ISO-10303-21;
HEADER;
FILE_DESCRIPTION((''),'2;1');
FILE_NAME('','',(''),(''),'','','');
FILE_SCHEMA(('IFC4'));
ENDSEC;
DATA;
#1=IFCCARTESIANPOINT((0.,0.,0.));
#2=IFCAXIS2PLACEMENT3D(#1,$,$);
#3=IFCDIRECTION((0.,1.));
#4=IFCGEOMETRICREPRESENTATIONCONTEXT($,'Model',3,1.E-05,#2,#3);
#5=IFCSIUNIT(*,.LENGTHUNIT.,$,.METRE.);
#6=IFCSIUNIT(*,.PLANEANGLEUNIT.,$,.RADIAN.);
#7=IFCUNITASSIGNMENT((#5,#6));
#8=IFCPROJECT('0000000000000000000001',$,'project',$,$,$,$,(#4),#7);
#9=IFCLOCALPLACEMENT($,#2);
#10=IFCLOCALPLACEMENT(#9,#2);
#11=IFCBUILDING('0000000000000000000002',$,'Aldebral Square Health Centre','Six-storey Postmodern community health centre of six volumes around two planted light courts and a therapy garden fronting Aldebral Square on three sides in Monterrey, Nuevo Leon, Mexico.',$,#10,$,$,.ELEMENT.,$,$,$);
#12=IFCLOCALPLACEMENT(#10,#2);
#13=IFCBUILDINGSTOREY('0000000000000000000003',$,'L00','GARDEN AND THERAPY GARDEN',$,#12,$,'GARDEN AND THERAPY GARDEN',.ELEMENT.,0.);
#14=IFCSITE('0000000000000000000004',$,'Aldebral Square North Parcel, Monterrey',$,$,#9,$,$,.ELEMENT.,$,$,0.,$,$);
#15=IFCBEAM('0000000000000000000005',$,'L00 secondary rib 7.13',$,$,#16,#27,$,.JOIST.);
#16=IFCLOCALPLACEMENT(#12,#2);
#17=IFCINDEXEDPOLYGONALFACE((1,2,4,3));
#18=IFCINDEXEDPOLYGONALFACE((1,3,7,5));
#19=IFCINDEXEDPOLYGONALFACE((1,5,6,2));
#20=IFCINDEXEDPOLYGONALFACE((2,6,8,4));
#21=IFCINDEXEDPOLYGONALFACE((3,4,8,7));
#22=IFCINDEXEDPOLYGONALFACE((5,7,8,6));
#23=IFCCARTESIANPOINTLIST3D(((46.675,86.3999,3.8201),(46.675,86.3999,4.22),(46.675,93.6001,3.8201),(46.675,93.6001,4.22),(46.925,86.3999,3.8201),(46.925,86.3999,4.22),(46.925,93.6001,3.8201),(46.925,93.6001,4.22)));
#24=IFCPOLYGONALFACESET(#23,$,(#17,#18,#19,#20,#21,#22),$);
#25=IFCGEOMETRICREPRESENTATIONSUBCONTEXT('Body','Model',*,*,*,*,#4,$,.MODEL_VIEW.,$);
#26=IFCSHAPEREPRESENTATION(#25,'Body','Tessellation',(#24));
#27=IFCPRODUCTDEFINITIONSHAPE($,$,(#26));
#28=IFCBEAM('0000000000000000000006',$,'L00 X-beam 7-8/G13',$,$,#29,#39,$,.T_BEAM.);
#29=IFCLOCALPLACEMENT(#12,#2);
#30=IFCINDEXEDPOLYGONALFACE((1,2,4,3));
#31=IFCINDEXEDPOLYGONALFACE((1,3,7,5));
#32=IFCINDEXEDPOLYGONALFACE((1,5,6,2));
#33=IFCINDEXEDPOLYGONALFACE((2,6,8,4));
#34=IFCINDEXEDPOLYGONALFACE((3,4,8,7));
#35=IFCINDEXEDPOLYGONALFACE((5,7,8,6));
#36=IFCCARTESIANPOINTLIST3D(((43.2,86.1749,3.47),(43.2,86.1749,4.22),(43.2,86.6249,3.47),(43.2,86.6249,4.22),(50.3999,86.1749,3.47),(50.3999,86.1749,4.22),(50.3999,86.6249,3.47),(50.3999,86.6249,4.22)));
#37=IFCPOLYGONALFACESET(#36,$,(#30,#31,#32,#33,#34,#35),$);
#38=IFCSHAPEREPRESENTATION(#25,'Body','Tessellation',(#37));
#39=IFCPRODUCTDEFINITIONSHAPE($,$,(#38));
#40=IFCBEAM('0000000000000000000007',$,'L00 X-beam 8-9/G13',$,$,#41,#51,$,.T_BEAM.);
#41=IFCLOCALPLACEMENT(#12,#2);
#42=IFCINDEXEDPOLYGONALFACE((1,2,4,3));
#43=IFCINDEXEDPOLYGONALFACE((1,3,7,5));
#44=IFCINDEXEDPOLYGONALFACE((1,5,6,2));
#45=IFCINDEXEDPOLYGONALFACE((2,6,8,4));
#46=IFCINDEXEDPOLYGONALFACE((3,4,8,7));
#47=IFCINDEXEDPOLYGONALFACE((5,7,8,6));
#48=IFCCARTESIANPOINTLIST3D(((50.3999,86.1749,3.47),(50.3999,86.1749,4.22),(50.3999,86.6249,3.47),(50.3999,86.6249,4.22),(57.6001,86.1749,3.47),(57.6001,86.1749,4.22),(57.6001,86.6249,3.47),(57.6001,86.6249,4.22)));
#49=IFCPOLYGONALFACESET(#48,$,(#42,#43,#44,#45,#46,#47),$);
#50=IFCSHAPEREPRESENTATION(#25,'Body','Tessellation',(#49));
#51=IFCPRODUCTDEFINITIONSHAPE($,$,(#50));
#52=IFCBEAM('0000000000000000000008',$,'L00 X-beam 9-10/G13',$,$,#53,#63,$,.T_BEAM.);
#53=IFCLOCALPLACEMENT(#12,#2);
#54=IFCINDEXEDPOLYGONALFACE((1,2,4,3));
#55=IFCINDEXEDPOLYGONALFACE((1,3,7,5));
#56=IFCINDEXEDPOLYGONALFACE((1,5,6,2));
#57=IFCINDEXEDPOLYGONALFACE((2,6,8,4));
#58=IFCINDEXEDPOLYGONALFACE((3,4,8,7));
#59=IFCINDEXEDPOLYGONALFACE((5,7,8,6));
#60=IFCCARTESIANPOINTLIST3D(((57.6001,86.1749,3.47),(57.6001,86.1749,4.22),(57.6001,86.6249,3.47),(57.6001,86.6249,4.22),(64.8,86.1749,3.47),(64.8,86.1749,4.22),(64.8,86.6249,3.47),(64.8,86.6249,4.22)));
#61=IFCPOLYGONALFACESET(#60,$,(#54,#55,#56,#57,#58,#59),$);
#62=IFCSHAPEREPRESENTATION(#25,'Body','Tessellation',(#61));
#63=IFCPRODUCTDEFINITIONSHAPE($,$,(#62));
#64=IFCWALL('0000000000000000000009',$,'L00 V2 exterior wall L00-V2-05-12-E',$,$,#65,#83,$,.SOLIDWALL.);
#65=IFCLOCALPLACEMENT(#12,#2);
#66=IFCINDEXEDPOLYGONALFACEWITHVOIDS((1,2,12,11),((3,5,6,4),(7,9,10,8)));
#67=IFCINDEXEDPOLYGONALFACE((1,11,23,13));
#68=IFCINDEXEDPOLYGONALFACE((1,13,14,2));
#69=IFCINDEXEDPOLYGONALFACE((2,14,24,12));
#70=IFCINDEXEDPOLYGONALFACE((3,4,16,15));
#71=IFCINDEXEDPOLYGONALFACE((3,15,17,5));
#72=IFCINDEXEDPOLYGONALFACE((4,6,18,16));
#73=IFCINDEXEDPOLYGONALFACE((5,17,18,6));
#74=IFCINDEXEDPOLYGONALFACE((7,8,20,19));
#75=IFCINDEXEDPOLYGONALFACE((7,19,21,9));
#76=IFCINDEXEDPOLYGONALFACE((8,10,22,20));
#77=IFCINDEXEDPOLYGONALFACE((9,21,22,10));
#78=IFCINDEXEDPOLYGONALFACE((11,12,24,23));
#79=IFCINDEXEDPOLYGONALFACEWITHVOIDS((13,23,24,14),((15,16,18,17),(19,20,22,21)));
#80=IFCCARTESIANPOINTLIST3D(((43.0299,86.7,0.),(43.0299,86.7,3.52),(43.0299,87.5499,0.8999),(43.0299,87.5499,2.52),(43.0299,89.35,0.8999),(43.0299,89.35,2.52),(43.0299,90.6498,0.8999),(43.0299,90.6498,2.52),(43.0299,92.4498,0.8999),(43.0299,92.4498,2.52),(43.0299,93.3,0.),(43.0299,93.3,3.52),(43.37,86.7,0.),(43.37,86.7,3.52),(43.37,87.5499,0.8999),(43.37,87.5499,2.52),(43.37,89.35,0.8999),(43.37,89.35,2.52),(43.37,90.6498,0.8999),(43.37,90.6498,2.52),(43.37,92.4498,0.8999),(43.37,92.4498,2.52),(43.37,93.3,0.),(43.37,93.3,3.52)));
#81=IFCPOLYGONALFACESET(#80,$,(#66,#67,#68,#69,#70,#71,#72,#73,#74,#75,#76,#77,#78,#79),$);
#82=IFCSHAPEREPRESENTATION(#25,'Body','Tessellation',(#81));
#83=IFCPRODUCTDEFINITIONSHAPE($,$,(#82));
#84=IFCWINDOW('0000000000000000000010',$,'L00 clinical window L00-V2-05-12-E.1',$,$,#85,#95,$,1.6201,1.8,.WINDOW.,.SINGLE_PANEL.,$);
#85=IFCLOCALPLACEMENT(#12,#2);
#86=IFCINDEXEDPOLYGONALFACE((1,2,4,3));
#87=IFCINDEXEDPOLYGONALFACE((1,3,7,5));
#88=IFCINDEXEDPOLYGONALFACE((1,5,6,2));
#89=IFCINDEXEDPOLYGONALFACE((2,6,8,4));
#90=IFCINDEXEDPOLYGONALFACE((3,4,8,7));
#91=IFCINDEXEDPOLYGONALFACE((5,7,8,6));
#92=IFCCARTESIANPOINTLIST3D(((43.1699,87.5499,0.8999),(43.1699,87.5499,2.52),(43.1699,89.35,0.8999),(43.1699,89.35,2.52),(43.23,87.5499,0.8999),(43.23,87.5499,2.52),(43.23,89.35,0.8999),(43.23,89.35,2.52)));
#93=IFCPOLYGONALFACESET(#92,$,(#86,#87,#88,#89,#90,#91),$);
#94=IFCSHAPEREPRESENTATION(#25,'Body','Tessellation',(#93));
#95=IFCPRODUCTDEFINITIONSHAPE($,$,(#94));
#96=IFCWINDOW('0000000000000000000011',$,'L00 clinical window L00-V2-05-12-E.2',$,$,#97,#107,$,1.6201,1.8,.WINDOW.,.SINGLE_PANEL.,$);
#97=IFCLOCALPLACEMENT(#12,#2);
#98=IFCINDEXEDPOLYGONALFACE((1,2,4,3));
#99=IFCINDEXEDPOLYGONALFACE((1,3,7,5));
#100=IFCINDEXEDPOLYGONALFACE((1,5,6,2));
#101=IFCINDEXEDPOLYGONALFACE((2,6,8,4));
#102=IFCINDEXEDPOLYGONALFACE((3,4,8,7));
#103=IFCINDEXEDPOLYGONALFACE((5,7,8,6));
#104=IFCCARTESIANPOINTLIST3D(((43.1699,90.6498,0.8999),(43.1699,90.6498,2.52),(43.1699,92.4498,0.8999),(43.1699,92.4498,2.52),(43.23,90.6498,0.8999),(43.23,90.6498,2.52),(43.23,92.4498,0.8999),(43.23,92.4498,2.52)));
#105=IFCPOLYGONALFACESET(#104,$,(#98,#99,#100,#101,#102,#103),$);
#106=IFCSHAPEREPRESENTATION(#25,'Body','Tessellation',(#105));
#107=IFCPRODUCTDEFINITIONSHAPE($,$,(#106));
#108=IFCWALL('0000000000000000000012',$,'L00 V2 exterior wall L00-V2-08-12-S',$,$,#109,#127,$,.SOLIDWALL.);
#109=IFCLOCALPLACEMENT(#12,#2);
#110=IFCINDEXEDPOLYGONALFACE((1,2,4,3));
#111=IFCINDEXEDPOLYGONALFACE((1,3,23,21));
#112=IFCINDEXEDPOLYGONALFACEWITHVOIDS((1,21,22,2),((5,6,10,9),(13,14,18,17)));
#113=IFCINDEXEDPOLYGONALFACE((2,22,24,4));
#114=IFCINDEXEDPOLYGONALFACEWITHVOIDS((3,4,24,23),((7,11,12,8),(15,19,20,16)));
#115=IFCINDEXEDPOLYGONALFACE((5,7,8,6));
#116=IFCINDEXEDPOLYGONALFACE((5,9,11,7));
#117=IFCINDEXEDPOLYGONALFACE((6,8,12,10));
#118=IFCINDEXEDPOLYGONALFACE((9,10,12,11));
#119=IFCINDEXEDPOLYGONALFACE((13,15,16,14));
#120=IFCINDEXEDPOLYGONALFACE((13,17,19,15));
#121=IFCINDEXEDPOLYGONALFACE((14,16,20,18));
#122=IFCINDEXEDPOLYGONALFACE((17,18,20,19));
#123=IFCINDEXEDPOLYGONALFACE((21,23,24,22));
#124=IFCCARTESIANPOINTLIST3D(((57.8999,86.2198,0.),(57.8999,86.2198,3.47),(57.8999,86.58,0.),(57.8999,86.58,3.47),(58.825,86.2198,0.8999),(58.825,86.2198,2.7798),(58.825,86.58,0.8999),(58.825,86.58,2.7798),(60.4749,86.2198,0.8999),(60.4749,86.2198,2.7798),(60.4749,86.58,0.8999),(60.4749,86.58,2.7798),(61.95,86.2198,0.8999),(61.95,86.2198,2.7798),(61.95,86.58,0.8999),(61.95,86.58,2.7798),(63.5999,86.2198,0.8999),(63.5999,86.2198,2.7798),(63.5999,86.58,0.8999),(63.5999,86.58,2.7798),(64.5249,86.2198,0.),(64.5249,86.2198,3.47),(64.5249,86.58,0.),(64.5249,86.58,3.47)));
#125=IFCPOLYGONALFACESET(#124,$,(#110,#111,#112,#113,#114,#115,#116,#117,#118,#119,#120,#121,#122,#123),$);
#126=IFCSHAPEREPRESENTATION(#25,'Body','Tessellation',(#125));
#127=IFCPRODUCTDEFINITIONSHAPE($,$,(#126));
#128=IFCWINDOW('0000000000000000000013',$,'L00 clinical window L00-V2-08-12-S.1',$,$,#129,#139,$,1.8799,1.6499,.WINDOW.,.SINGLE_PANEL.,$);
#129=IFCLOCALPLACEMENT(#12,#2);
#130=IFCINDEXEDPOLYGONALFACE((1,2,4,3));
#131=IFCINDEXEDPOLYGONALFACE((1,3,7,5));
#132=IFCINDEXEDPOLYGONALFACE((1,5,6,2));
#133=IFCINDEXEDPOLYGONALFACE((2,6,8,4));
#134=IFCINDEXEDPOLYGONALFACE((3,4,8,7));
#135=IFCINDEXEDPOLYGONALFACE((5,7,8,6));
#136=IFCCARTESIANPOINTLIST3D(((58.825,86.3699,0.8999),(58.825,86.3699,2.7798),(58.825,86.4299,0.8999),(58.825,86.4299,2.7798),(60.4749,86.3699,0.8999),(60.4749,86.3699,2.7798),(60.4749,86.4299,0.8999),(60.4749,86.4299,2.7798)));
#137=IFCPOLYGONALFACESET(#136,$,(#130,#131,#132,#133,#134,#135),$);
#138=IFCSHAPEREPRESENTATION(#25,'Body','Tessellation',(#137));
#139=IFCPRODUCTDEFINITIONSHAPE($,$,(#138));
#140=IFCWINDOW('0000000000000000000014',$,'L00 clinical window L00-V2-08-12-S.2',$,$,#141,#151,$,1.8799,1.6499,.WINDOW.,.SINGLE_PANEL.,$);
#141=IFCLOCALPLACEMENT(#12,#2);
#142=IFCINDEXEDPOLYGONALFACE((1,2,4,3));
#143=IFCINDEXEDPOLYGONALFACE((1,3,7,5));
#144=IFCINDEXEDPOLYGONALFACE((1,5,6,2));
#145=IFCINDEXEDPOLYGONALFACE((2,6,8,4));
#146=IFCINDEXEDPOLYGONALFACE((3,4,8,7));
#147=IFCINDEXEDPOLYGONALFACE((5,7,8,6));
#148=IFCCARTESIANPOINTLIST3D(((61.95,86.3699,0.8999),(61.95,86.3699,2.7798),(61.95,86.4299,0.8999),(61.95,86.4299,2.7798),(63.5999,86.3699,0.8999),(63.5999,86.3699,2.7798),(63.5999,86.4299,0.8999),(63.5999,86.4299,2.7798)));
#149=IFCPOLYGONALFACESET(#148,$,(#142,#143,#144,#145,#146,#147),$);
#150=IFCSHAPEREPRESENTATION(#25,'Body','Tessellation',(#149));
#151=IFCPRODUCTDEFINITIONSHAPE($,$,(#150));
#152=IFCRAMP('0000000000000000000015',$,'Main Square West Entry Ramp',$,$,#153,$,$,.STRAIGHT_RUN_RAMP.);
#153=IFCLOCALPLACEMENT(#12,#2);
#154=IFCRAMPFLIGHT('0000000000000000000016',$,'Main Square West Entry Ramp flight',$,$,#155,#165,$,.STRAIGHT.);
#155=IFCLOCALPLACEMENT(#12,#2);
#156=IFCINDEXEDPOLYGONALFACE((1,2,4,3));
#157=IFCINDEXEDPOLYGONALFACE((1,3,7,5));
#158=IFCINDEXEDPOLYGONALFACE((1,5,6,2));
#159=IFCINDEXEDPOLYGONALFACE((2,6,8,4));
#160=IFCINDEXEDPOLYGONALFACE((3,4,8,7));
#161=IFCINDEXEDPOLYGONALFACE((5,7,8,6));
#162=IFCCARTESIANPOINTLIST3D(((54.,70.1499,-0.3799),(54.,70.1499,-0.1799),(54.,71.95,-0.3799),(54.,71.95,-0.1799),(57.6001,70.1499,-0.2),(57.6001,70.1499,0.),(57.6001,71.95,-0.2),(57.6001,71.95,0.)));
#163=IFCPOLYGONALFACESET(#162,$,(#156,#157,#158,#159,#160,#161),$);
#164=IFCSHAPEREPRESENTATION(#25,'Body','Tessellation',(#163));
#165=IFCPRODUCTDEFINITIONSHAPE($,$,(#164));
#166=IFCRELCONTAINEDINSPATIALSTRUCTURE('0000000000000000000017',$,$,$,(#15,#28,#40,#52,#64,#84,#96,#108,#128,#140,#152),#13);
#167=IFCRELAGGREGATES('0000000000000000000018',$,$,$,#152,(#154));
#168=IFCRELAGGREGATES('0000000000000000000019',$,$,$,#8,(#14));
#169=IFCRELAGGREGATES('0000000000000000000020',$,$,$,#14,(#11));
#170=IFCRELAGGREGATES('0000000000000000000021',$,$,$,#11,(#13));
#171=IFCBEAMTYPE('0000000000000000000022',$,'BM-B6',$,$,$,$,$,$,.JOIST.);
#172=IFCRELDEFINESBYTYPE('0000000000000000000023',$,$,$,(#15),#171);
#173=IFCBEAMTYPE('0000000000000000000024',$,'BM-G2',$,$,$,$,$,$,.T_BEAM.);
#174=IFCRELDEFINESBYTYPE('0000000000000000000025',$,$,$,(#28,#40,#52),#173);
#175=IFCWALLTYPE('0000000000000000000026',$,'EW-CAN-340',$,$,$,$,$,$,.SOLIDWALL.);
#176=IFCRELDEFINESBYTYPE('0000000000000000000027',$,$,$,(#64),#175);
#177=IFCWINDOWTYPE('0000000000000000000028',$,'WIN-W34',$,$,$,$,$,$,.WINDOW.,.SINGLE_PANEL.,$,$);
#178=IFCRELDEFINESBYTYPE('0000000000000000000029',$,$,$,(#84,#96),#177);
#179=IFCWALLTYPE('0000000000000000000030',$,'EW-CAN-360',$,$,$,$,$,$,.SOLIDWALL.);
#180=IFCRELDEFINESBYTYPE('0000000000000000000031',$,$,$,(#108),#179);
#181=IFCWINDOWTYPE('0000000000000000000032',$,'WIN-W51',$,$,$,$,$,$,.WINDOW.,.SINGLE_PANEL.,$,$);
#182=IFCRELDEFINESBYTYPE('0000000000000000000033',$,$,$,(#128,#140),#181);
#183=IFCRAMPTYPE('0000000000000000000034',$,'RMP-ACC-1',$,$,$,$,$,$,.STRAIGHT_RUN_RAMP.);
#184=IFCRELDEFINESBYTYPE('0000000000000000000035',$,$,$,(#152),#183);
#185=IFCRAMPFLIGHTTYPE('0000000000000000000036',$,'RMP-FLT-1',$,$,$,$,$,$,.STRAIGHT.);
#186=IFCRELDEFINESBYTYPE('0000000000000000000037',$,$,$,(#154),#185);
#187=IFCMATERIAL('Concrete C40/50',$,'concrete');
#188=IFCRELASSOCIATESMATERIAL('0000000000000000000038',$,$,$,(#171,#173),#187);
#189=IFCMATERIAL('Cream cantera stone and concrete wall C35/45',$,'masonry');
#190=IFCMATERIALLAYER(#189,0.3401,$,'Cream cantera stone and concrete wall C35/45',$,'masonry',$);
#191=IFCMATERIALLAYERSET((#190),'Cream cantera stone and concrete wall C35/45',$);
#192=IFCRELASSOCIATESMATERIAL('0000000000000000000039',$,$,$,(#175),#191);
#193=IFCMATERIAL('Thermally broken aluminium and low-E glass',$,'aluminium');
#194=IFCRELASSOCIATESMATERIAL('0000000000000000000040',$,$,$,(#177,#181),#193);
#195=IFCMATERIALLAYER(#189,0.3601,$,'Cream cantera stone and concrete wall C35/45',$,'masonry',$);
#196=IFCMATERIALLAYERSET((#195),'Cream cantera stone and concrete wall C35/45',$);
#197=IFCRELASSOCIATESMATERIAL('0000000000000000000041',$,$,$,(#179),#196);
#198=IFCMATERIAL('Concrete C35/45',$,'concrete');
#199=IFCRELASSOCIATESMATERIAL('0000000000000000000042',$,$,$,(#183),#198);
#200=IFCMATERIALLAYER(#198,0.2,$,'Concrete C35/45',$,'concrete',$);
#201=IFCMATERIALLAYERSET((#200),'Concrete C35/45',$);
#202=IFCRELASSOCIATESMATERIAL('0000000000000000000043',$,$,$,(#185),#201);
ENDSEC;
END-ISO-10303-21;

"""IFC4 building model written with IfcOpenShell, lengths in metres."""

from ifc_helpers import new_model, si_unit, direction, frame, frame_2d, origin, origin_2d, place, context, subcontext, project, spatial, polyline, rectangle, outline, extrude, material, layer, layer_set, material_profile, profile_set, type_object, element, fill, aggregate, save


model = new_model("IFC4")

# Units and contexts
model_context = context("Model", 3, precision=1e-05, world=origin(), true_north=direction((0.0, 1.0)))
body_context = subcontext(model_context, "Body", "Model", "MODEL_VIEW")
ifc_project = project(units=[si_unit("LENGTHUNIT", "METRE"), si_unit("PLANEANGLEUNIT", "RADIAN")], contexts=[model_context])

# Site, building, storey
site_placement = place(None, origin())
site = spatial("IfcSite", under=ifc_project, at=site_placement, Name="Aldebral Square North Parcel, Monterrey", CompositionType="ELEMENT", RefElevation=0.0)
building_placement = place(site_placement, origin())
building = spatial("IfcBuilding", under=site, at=building_placement, Name="Aldebral Square Health Centre", Description="Six-storey Postmodern community health centre of six volumes around two planted light courts and a therapy garden fronting Aldebral Square on three sides in Monterrey, Nuevo Leon, Mexico.", CompositionType="ELEMENT")
storey_placement = place(building_placement, origin())
storey = spatial("IfcBuildingStorey", under=building, at=storey_placement, Name="L00", Description="GARDEN AND THERAPY GARDEN", LongName="GARDEN AND THERAPY GARDEN", CompositionType="ELEMENT", Elevation=0.0)

# Shared definitions
ifc_material_1 = material(Name="Concrete C35/45", Category="concrete")

# Shared definitions
ifc_material_2 = material(Name="Concrete C40/50", Category="concrete")

# Beams
ifc_material_profile_1 = material_profile(ifc_material_2, rectangle(XDim=0.25, YDim=0.3999, at=origin_2d()), Name="RC 250x400")
ifc_profile_set_1 = profile_set([ifc_material_profile_1], Name="Concrete C40/50")
beam_type_1 = type_object("IfcBeamType", Name="BM-B6", PredefinedType="JOIST", material=ifc_profile_set_1)
beam_1_placement = place(storey_placement, frame((46.8, 86.3999, 4.02), z_axis=(0.0, 1.0, 0.0), x_axis=(-1.0, 0.0, 0.0)))
element("IfcBeam", 1, at=beam_1_placement, inside=storey, type_object=beam_type_1, Name="L00 secondary rib 7.13", PredefinedType="JOIST", context=body_context, shape_type="SweptSolid", body=[
    extrude(rectangle(XDim=0.25, YDim=0.3999, at=origin_2d()), origin(), (0.0, 0.0, 1.0), 7.2002),
])
ifc_material_profile_2 = material_profile(ifc_material_2, rectangle(XDim=0.45, YDim=0.75, at=origin_2d()), Name="RC 450x750")
ifc_profile_set_2 = profile_set([ifc_material_profile_2], Name="Concrete C40/50")
beam_type_2 = type_object("IfcBeamType", Name="BM-G2", PredefinedType="T_BEAM", material=ifc_profile_set_2)
beam_2_placement = place(storey_placement, frame((43.2, 86.3999, 3.845), z_axis=(1.0, 0.0, 0.0), x_axis=(0.0, 1.0, 0.0)))
element("IfcBeam", 2, at=beam_2_placement, inside=storey, type_object=beam_type_2, Name="L00 X-beam 7-8/G13", PredefinedType="T_BEAM", context=body_context, shape_type="SweptSolid", body=[
    extrude(rectangle(XDim=0.45, YDim=0.75, at=origin_2d()), origin(), (0.0, 0.0, 1.0), 7.2),
])
beam_3_placement = place(storey_placement, frame((50.3999, 86.3999, 3.845), z_axis=(1.0, 0.0, 0.0), x_axis=(0.0, 1.0, 0.0)))
element("IfcBeam", 3, at=beam_3_placement, inside=storey, type_object=beam_type_2, Name="L00 X-beam 8-9/G13", PredefinedType="T_BEAM", context=body_context, shape_type="SweptSolid", body=[
    extrude(rectangle(XDim=0.45, YDim=0.75, at=origin_2d()), origin(), (0.0, 0.0, 1.0), 7.2002),
])
beam_4_placement = place(storey_placement, frame((57.6001, 86.3999, 3.845), z_axis=(1.0, 0.0, 0.0), x_axis=(0.0, 1.0, 0.0)))
element("IfcBeam", 4, at=beam_4_placement, inside=storey, type_object=beam_type_2, Name="L00 X-beam 9-10/G13", PredefinedType="T_BEAM", context=body_context, shape_type="SweptSolid", body=[
    extrude(rectangle(XDim=0.45, YDim=0.75, at=origin_2d()), origin(), (0.0, 0.0, 1.0), 7.2),
])

# Walls, openings, windows
ifc_material_3 = material(Name="Cream cantera stone and concrete wall C35/45", Category="masonry")
ifc_layer_1 = layer(ifc_material_3, 0.3401, Name="Cream cantera stone and concrete wall C35/45", Category="masonry")
ifc_layer_set_1 = layer_set([ifc_layer_1], Name="Cream cantera stone and concrete wall C35/45")
wall_type_1 = type_object("IfcWallType", Name="EW-CAN-340", PredefinedType="SOLIDWALL", material=ifc_layer_set_1)
wall_1_placement = place(storey_placement, frame((43.2, 86.7, 0.0), z_axis=(0.0, 0.0, 1.0), x_axis=(0.0, 1.0, 0.0)))
wall_1 = element("IfcWall", 5, at=wall_1_placement, inside=storey, type_object=wall_type_1, Name="L00 V2 exterior wall L00-V2-05-12-E", PredefinedType="SOLIDWALL", context=body_context, shape_type="SweptSolid", body=[
    extrude(rectangle(XDim=6.6001, YDim=0.3401, at=frame_2d((3.3, 0.0))), origin(), (0.0, 0.0, 1.0), 3.52),
])
opening_1_placement = place(wall_1_placement, frame((0.8501, 0.0, 0.8999)))
opening_1 = element("IfcOpeningElement", 6, at=opening_1_placement, cuts=wall_1, PredefinedType="OPENING", context=body_context, shape_type="SweptSolid", body=[
    extrude(rectangle(XDim=1.8, YDim=1.6201, at=frame_2d((0.8999, 0.8101))), frame((0.0, 0.1802, 0.0), z_axis=(0.0, -1.0, 0.0), x_axis=(1.0, 0.0, 0.0)), (0.0, 0.0, 1.0), 0.3601),
])
opening_2_placement = place(wall_1_placement, frame((3.95, 0.0, 0.8999)))
opening_2 = element("IfcOpeningElement", 7, at=opening_2_placement, cuts=wall_1, PredefinedType="OPENING", context=body_context, shape_type="SweptSolid", body=[
    extrude(rectangle(XDim=1.8, YDim=1.6201, at=frame_2d((0.8999, 0.8101))), frame((0.0, 0.1802, 0.0), z_axis=(0.0, -1.0, 0.0), x_axis=(1.0, 0.0, 0.0)), (0.0, 0.0, 1.0), 0.3601),
])
ifc_material_4 = material(Name="Thermally broken aluminium and low-E glass", Category="aluminium")
window_type_1 = type_object("IfcWindowType", Name="WIN-W34", PartitioningType="SINGLE_PANEL", PredefinedType="WINDOW", material=ifc_material_4)
window_1_placement = place(opening_1_placement, origin())
window_1 = element("IfcWindow", 8, at=window_1_placement, inside=storey, type_object=window_type_1, Name="L00 clinical window L00-V2-05-12-E.1", OverallHeight=1.6201, OverallWidth=1.8, PartitioningType="SINGLE_PANEL", PredefinedType="WINDOW", context=body_context, shape_type="SweptSolid", body=[
    extrude(rectangle(XDim=1.8, YDim=1.6201, at=frame_2d((0.8999, 0.8101))), frame((0.0, 0.03, 0.0), z_axis=(0.0, -1.0, 0.0), x_axis=(1.0, 0.0, 0.0)), (0.0, 0.0, 1.0), 0.0601),
])
fill(opening_1, window_1)
window_2_placement = place(opening_2_placement, origin())
window_2 = element("IfcWindow", 9, at=window_2_placement, inside=storey, type_object=window_type_1, Name="L00 clinical window L00-V2-05-12-E.2", OverallHeight=1.6201, OverallWidth=1.8, PartitioningType="SINGLE_PANEL", PredefinedType="WINDOW", context=body_context, shape_type="SweptSolid", body=[
    extrude(rectangle(XDim=1.8, YDim=1.6201, at=frame_2d((0.8999, 0.8101))), frame((0.0, 0.03, 0.0), z_axis=(0.0, -1.0, 0.0), x_axis=(1.0, 0.0, 0.0)), (0.0, 0.0, 1.0), 0.0601),
])
fill(opening_2, window_2)
ifc_layer_2 = layer(ifc_material_3, 0.3601, Name="Cream cantera stone and concrete wall C35/45", Category="masonry")
ifc_layer_set_2 = layer_set([ifc_layer_2], Name="Cream cantera stone and concrete wall C35/45")
wall_type_2 = type_object("IfcWallType", Name="EW-CAN-360", PredefinedType="SOLIDWALL", material=ifc_layer_set_2)
wall_2_placement = place(storey_placement, frame((57.8999, 86.3999, 0.0), z_axis=(0.0, 0.0, 1.0), x_axis=(1.0, 0.0, 0.0)))
wall_2 = element("IfcWall", 10, at=wall_2_placement, inside=storey, type_object=wall_type_2, Name="L00 V2 exterior wall L00-V2-08-12-S", PredefinedType="SOLIDWALL", context=body_context, shape_type="SweptSolid", body=[
    extrude(rectangle(XDim=6.625, YDim=0.3601, at=frame_2d((3.3125, 0.0))), origin(), (0.0, 0.0, 1.0), 3.47),
])
opening_3_placement = place(wall_2_placement, frame((0.925, 0.0, 0.8999)))
opening_3 = element("IfcOpeningElement", 11, at=opening_3_placement, cuts=wall_2, PredefinedType="OPENING", context=body_context, shape_type="SweptSolid", body=[
    extrude(rectangle(XDim=1.6499, YDim=1.8799, at=frame_2d((0.825, 0.9399))), frame((0.0, 0.1899, 0.0), z_axis=(0.0, -1.0, 0.0), x_axis=(1.0, 0.0, 0.0)), (0.0, 0.0, 1.0), 0.3801),
])
opening_4_placement = place(wall_2_placement, frame((4.05, 0.0, 0.8999)))
opening_4 = element("IfcOpeningElement", 12, at=opening_4_placement, cuts=wall_2, PredefinedType="OPENING", context=body_context, shape_type="SweptSolid", body=[
    extrude(rectangle(XDim=1.6499, YDim=1.8799, at=frame_2d((0.825, 0.9399))), frame((0.0, 0.1899, 0.0), z_axis=(0.0, -1.0, 0.0), x_axis=(1.0, 0.0, 0.0)), (0.0, 0.0, 1.0), 0.3801),
])
window_type_2 = type_object("IfcWindowType", Name="WIN-W51", PartitioningType="SINGLE_PANEL", PredefinedType="WINDOW", material=ifc_material_4)
window_3_placement = place(opening_3_placement, origin())
window_3 = element("IfcWindow", 13, at=window_3_placement, inside=storey, type_object=window_type_2, Name="L00 clinical window L00-V2-08-12-S.1", OverallHeight=1.8799, OverallWidth=1.6499, PartitioningType="SINGLE_PANEL", PredefinedType="WINDOW", context=body_context, shape_type="SweptSolid", body=[
    extrude(rectangle(XDim=1.6499, YDim=1.8799, at=frame_2d((0.825, 0.9399))), frame((0.0, 0.03, 0.0), z_axis=(0.0, -1.0, 0.0), x_axis=(1.0, 0.0, 0.0)), (0.0, 0.0, 1.0), 0.0601),
])
fill(opening_3, window_3)
window_4_placement = place(opening_4_placement, origin())
window_4 = element("IfcWindow", 14, at=window_4_placement, inside=storey, type_object=window_type_2, Name="L00 clinical window L00-V2-08-12-S.2", OverallHeight=1.8799, OverallWidth=1.6499, PartitioningType="SINGLE_PANEL", PredefinedType="WINDOW", context=body_context, shape_type="SweptSolid", body=[
    extrude(rectangle(XDim=1.6499, YDim=1.8799, at=frame_2d((0.825, 0.9399))), frame((0.0, 0.03, 0.0), z_axis=(0.0, -1.0, 0.0), x_axis=(1.0, 0.0, 0.0)), (0.0, 0.0, 1.0), 0.0601),
])
fill(opening_4, window_4)

# Ramp, ramp flight
ramp_type = type_object("IfcRampType", Name="RMP-ACC-1", PredefinedType="STRAIGHT_RUN_RAMP", material=ifc_material_1)
ramp_placement = place(storey_placement, origin())
ramp = element("IfcRamp", 15, at=ramp_placement, inside=storey, type_object=ramp_type, Name="Main Square West Entry Ramp", PredefinedType="STRAIGHT_RUN_RAMP")
ifc_layer_3 = layer(ifc_material_1, 0.2, Name="Concrete C35/45", Category="concrete")
ifc_layer_set_3 = layer_set([ifc_layer_3], Name="Concrete C35/45")
ramp_flight_type = type_object("IfcRampFlightType", Name="RMP-FLT-1", PredefinedType="STRAIGHT", material=ifc_layer_set_3)
ramp_flight_placement = place(storey_placement, frame((54.0, 71.05, -0.1799), z_axis=(0.0, 0.0, 1.0), x_axis=(1.0, 0.0, 0.0)))
ramp_flight = element("IfcRampFlight", 16, at=ramp_flight_placement, type_object=ramp_flight_type, Name="Main Square West Entry Ramp flight", PredefinedType="STRAIGHT", context=body_context, shape_type="SweptSolid", body=[
    extrude(outline(polyline([(0.0, 0.0), (0.0, -0.2), (3.6001, -0.02), (3.6001, 0.1799), (0.0, 0.0)])), frame((0.0, 0.8999, 0.0), z_axis=(0.0, -1.0, 0.0), x_axis=(1.0, 0.0, 0.0)), (0.0, 0.0, 1.0), 1.8),
])
aggregate(ramp, [ramp_flight])

save(model, "model.ifc")
